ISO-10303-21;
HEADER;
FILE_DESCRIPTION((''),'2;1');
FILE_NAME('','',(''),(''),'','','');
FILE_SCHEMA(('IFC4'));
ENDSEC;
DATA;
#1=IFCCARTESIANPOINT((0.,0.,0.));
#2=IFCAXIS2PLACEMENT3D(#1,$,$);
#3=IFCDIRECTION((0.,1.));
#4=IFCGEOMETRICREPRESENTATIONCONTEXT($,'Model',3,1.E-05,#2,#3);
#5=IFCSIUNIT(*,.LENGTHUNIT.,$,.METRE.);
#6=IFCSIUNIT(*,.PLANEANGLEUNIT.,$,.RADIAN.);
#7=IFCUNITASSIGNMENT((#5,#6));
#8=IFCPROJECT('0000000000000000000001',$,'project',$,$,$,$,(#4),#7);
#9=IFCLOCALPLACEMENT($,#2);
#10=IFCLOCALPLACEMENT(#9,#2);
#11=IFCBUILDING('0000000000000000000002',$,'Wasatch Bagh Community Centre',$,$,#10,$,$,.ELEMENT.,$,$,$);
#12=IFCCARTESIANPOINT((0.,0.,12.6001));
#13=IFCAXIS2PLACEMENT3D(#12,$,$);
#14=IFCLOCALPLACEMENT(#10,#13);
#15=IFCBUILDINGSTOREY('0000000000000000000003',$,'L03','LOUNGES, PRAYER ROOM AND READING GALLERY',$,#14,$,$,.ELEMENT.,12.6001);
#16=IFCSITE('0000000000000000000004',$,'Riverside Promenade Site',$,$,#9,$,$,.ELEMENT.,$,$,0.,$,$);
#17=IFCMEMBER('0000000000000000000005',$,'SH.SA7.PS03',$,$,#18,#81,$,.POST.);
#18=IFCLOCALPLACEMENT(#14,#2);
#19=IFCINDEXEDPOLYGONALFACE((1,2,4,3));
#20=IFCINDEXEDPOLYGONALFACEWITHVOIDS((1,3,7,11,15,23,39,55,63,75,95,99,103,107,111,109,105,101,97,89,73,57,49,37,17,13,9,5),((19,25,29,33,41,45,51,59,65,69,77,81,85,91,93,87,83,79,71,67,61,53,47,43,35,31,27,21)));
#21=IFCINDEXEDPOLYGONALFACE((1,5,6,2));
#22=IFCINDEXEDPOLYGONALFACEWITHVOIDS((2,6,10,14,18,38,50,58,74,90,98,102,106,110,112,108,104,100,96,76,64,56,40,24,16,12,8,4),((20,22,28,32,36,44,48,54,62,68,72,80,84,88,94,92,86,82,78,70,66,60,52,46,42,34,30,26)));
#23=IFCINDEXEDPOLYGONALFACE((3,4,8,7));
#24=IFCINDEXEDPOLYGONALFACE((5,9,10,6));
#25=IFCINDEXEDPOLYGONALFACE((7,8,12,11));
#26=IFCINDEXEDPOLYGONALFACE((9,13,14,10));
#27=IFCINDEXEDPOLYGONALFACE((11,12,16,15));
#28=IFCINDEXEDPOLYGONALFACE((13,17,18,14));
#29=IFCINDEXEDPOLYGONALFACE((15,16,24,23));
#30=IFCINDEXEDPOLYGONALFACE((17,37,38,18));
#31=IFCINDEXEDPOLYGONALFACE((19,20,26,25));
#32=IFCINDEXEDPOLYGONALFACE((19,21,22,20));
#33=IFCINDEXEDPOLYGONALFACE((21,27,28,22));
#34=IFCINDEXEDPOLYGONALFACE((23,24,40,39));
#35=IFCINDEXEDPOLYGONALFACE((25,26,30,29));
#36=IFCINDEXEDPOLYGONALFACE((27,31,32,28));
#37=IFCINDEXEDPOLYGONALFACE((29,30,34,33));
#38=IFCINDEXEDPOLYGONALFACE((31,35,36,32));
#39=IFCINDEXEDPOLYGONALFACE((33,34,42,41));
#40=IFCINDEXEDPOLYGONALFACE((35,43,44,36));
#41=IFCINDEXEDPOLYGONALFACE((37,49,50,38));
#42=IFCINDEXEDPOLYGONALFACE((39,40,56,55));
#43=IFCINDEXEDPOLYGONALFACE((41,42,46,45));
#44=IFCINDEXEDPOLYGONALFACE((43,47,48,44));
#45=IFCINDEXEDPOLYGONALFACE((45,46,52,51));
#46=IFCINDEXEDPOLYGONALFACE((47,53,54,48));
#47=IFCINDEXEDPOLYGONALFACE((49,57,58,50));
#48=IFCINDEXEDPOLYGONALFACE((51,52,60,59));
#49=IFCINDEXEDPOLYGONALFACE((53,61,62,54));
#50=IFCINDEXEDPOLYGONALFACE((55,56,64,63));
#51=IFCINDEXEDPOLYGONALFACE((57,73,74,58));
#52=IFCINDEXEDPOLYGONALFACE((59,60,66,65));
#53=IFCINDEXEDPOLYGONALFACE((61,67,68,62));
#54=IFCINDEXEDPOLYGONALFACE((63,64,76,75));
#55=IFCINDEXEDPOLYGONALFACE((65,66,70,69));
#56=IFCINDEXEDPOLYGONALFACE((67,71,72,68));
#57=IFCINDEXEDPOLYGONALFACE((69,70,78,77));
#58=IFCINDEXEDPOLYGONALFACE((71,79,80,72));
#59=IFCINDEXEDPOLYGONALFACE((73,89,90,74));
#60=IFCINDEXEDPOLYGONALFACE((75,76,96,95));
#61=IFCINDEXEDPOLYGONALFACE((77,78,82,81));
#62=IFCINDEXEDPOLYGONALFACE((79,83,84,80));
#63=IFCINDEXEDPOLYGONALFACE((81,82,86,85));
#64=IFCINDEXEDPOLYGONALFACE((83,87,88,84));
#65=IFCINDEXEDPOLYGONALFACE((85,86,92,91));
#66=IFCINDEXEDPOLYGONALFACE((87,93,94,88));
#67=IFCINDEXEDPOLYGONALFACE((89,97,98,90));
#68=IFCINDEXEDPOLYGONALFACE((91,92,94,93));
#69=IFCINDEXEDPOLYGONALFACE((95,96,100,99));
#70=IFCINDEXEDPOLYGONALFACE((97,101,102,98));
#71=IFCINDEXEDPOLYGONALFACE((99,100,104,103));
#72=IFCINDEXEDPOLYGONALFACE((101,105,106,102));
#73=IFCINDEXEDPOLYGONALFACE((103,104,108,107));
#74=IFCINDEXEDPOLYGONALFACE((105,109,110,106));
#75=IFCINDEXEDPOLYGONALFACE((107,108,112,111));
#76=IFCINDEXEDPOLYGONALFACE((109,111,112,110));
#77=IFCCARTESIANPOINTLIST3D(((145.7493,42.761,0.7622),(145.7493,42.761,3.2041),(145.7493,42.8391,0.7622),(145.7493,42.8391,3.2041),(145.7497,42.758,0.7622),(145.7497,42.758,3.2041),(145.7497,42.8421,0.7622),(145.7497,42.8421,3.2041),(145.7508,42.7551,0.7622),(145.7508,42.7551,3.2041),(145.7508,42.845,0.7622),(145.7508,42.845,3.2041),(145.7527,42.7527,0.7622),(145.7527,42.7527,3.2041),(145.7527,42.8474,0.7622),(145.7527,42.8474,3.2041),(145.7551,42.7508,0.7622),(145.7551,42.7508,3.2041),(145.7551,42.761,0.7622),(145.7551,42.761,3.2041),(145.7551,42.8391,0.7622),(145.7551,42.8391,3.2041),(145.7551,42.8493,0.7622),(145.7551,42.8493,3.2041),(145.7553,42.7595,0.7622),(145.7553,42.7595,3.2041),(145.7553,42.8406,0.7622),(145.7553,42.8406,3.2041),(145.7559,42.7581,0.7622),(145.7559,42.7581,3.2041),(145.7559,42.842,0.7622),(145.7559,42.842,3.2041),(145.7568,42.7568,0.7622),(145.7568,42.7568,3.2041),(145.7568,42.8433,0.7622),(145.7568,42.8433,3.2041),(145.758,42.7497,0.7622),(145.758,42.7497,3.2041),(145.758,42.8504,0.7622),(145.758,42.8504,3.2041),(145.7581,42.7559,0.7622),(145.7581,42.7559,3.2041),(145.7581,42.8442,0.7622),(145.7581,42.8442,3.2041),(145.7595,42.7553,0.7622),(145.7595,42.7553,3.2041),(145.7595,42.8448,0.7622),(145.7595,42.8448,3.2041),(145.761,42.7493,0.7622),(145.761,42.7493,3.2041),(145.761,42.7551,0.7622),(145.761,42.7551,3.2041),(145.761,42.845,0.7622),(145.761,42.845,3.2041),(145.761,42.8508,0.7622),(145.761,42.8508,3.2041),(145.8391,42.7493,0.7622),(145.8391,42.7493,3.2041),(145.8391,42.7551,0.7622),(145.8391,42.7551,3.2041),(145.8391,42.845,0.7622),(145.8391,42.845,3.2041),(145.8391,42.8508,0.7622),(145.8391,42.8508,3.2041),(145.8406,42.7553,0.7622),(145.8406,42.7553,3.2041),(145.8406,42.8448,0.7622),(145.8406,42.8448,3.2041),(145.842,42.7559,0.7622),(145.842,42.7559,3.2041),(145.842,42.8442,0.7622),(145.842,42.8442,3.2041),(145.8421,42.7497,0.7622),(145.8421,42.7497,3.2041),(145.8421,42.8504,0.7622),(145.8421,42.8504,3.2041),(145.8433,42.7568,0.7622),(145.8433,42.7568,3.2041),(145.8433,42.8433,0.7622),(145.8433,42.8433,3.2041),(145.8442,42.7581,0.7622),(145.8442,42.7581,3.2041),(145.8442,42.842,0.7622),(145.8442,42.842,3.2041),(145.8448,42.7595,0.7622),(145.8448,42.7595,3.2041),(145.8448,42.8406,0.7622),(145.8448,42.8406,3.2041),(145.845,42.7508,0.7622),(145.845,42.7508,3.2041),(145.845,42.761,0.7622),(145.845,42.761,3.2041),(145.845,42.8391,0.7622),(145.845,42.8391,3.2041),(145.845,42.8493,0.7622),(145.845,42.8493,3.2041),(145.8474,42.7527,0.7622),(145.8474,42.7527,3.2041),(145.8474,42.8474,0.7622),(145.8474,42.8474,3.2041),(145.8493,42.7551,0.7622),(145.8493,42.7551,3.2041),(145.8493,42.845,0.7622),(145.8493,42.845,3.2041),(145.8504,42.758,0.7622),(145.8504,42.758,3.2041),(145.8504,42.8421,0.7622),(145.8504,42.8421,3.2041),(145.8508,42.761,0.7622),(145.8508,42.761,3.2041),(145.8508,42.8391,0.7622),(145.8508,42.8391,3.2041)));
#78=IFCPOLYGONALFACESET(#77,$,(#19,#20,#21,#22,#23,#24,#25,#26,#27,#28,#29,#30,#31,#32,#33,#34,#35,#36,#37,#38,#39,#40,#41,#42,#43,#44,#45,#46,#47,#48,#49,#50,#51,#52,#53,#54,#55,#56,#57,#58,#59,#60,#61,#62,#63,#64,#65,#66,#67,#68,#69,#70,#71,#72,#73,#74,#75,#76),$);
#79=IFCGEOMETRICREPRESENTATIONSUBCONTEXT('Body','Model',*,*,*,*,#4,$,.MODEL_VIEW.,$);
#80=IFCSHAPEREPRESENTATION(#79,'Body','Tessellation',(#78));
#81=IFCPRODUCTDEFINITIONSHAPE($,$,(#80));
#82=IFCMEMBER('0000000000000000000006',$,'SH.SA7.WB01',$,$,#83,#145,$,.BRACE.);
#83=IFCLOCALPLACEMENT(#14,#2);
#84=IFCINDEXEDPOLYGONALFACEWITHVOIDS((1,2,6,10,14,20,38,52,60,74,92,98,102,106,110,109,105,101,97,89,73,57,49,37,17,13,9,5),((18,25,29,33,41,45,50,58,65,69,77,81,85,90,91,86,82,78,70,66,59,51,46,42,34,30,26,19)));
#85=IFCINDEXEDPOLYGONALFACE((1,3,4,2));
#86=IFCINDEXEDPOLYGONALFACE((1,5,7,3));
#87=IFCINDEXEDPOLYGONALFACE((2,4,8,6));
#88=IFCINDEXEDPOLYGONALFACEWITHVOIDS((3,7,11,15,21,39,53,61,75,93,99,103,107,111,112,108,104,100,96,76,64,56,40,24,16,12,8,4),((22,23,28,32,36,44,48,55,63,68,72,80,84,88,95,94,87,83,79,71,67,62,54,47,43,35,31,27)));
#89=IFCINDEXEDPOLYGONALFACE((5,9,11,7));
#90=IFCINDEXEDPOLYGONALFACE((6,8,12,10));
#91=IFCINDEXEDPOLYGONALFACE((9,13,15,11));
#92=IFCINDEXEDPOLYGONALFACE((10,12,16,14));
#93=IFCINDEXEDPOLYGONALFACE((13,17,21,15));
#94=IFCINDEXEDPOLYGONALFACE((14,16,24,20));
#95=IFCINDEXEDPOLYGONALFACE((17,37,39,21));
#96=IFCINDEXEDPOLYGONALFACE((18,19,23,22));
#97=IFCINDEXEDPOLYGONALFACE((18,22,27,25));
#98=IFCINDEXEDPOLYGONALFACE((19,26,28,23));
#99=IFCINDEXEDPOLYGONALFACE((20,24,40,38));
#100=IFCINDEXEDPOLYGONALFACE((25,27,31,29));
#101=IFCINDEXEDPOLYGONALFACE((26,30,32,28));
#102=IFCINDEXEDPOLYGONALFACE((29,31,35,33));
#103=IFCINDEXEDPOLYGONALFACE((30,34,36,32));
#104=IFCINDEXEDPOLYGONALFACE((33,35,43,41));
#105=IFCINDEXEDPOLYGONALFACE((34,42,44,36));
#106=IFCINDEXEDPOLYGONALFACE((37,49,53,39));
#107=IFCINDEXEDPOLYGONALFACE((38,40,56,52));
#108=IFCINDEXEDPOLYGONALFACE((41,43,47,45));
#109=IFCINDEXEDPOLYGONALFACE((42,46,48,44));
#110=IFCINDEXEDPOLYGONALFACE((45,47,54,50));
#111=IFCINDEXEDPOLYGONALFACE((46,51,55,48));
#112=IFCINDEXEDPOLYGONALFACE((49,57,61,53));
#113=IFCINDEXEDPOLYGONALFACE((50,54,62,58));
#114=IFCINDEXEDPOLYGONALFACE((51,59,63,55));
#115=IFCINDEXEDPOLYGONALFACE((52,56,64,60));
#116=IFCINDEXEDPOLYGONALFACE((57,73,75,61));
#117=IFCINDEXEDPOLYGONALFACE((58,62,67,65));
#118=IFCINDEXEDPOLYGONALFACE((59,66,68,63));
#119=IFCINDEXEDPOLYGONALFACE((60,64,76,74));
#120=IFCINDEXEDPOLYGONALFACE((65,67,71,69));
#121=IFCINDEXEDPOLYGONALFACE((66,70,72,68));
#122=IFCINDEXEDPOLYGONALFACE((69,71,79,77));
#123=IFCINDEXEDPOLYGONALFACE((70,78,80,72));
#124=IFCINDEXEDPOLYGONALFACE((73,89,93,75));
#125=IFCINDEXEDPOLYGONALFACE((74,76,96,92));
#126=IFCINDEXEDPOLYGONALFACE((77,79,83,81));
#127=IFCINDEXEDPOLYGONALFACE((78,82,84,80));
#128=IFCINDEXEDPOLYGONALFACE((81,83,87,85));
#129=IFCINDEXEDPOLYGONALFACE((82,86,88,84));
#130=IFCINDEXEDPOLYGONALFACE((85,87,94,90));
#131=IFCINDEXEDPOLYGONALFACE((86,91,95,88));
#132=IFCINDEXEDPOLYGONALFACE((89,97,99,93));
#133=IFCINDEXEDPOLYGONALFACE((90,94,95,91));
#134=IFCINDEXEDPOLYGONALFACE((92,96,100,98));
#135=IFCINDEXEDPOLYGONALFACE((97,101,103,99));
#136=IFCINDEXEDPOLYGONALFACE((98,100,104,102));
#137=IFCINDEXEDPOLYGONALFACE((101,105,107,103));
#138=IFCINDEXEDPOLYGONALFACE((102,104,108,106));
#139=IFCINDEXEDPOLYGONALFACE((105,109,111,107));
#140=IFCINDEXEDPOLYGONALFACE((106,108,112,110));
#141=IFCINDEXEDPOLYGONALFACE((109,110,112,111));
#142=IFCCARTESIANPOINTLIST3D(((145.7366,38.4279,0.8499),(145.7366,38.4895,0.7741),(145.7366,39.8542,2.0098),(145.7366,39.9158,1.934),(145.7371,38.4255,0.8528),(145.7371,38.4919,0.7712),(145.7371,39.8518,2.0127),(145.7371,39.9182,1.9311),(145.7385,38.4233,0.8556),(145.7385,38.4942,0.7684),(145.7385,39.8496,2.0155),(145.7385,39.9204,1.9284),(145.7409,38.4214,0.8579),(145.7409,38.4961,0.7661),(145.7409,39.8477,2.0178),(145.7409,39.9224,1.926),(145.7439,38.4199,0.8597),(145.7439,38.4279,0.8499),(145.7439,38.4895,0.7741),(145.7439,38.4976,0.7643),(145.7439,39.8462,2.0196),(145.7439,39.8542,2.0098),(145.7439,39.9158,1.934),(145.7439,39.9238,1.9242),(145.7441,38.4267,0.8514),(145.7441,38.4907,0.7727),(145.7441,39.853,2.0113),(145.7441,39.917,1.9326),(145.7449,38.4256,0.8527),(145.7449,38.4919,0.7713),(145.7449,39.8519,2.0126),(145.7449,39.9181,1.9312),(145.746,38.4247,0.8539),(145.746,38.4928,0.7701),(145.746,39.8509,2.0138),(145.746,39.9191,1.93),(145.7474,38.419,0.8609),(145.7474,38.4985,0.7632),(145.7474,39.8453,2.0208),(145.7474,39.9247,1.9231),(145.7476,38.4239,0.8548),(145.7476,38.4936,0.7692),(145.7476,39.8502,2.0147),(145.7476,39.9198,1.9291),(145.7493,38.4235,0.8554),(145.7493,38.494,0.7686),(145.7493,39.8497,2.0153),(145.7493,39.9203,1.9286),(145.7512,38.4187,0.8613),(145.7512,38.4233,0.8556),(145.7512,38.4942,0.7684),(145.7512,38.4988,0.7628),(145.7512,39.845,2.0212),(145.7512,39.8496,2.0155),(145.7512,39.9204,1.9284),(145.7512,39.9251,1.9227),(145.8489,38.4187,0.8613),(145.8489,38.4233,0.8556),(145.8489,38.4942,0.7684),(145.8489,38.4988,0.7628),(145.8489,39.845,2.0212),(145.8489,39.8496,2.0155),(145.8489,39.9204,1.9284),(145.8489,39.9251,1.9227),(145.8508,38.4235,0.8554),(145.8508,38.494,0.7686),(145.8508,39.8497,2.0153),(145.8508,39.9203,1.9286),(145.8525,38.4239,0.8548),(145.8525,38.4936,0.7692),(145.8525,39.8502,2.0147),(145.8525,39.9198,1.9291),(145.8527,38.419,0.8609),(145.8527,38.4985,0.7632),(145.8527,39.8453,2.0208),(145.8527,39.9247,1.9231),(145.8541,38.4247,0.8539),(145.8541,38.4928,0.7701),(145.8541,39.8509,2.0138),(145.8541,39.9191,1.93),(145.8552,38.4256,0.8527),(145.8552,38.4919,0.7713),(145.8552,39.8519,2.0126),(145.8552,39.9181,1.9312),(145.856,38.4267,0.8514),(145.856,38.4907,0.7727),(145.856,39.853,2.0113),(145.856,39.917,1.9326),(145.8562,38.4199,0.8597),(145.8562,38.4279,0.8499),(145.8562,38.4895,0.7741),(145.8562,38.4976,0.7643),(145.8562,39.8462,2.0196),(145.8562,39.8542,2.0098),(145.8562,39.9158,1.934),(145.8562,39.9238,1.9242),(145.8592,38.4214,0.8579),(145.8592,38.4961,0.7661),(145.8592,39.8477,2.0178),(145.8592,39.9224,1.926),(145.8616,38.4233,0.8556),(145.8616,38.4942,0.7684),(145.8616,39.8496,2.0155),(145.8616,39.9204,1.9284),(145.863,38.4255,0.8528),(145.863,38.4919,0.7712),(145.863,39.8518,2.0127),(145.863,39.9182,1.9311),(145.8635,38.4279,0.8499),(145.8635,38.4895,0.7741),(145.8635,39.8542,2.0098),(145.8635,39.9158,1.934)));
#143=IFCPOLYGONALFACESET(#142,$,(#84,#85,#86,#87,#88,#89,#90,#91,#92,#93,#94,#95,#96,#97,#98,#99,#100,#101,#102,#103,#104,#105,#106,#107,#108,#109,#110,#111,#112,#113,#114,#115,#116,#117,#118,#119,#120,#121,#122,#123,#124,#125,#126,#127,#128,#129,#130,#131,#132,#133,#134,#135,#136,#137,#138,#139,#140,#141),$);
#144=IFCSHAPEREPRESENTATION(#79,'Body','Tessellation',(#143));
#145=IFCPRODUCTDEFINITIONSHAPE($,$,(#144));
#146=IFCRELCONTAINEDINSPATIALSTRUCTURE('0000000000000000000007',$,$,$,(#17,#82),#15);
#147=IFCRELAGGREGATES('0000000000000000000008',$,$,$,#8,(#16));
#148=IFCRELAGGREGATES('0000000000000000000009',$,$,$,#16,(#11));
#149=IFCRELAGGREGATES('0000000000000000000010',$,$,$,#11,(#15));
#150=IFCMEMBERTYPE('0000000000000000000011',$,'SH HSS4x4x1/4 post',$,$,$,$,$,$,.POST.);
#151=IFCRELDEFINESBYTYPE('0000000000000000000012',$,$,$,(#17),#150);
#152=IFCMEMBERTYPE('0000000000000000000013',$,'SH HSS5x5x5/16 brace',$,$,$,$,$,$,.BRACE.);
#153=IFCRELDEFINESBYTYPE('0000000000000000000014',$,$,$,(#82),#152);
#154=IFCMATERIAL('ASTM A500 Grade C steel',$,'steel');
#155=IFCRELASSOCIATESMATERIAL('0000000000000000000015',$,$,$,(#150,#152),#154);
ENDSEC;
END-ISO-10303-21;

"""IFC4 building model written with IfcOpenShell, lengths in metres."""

from ifc_helpers import new_model, si_unit, direction, frame, origin, origin_2d, place, context, subcontext, project, spatial, hollow_rectangle, extrude, material, material_profile, profile_set, type_object, element, save


model = new_model("IFC4")

# Units and contexts
model_context = context("Model", 3, precision=1e-05, world=origin(), true_north=direction((0.0, 1.0)))
body_context = subcontext(model_context, "Body", "Model", "MODEL_VIEW")
ifc_project = project(units=[si_unit("LENGTHUNIT", "METRE"), si_unit("PLANEANGLEUNIT", "RADIAN")], contexts=[model_context])

# Site, building, storey
site_placement = place(None, origin())
site = spatial("IfcSite", under=ifc_project, at=site_placement, Name="Riverside Promenade Site", CompositionType="ELEMENT", RefElevation=0.0)
building_placement = place(site_placement, origin())
building = spatial("IfcBuilding", under=site, at=building_placement, Name="Wasatch Bagh Community Centre", CompositionType="ELEMENT")
storey_placement = place(building_placement, frame((0.0, 0.0, 12.6001)))
storey = spatial("IfcBuildingStorey", under=building, at=storey_placement, Name="L03", Description="LOUNGES, PRAYER ROOM AND READING GALLERY", CompositionType="ELEMENT", Elevation=12.6001)

# Members
ifc_material_1 = material(Name="ASTM A500 Grade C steel", Category="steel")
ifc_material_profile_1 = material_profile(ifc_material_1, hollow_rectangle(XDim=0.1016, YDim=0.1016, WallThickness=0.0059, InnerFilletRadius=0.0059, OuterFilletRadius=0.0117, at=origin_2d()), Name="HSS4x4x1/4")
ifc_profile_set_1 = profile_set([ifc_material_profile_1], Name="ASTM A500 Grade C steel")
member_type_1 = type_object("IfcMemberType", Name="SH HSS4x4x1/4 post", PredefinedType="POST", material=ifc_profile_set_1)
member_1_placement = place(storey_placement, frame((145.8, 42.8, 0.7622), z_axis=(0.0, 0.0, 1.0), x_axis=(1.0, 0.0, 0.0)))
element("IfcMember", 1, at=member_1_placement, inside=storey, type_object=member_type_1, Name="SH.SA7.PS03", PredefinedType="POST", context=body_context, shape_type="SweptSolid", body=[
    extrude(hollow_rectangle(XDim=0.1016, YDim=0.1016, WallThickness=0.0059, InnerFilletRadius=0.0059, OuterFilletRadius=0.0117, at=origin_2d()), origin(), (0.0, 0.0, 1.0), 2.4419),
])
ifc_material_profile_2 = material_profile(ifc_material_1, hollow_rectangle(XDim=0.127, YDim=0.127, WallThickness=0.0073, InnerFilletRadius=0.0073, OuterFilletRadius=0.0146, at=origin_2d()), Name="HSS5x5x5/16")
ifc_profile_set_2 = profile_set([ifc_material_profile_2], Name="ASTM A500 Grade C steel")
member_type_2 = type_object("IfcMemberType", Name="SH HSS5x5x5/16 brace", PredefinedType="BRACE", material=ifc_profile_set_2)
member_2_placement = place(storey_placement, frame((145.8, 38.4587, 0.812), z_axis=(0.0, 0.77583, 0.630943), x_axis=(-1.0, 0.0, 0.0)))
element("IfcMember", 2, at=member_2_placement, inside=storey, type_object=member_type_2, Name="SH.SA7.WB01", PredefinedType="BRACE", context=body_context, shape_type="SweptSolid", body=[
    extrude(hollow_rectangle(XDim=0.127, YDim=0.127, WallThickness=0.0073, InnerFilletRadius=0.0073, OuterFilletRadius=0.0146, at=origin_2d()), origin(), (0.0, 0.0, 1.0), 1.8384),
])

save(model, "model.ifc")
